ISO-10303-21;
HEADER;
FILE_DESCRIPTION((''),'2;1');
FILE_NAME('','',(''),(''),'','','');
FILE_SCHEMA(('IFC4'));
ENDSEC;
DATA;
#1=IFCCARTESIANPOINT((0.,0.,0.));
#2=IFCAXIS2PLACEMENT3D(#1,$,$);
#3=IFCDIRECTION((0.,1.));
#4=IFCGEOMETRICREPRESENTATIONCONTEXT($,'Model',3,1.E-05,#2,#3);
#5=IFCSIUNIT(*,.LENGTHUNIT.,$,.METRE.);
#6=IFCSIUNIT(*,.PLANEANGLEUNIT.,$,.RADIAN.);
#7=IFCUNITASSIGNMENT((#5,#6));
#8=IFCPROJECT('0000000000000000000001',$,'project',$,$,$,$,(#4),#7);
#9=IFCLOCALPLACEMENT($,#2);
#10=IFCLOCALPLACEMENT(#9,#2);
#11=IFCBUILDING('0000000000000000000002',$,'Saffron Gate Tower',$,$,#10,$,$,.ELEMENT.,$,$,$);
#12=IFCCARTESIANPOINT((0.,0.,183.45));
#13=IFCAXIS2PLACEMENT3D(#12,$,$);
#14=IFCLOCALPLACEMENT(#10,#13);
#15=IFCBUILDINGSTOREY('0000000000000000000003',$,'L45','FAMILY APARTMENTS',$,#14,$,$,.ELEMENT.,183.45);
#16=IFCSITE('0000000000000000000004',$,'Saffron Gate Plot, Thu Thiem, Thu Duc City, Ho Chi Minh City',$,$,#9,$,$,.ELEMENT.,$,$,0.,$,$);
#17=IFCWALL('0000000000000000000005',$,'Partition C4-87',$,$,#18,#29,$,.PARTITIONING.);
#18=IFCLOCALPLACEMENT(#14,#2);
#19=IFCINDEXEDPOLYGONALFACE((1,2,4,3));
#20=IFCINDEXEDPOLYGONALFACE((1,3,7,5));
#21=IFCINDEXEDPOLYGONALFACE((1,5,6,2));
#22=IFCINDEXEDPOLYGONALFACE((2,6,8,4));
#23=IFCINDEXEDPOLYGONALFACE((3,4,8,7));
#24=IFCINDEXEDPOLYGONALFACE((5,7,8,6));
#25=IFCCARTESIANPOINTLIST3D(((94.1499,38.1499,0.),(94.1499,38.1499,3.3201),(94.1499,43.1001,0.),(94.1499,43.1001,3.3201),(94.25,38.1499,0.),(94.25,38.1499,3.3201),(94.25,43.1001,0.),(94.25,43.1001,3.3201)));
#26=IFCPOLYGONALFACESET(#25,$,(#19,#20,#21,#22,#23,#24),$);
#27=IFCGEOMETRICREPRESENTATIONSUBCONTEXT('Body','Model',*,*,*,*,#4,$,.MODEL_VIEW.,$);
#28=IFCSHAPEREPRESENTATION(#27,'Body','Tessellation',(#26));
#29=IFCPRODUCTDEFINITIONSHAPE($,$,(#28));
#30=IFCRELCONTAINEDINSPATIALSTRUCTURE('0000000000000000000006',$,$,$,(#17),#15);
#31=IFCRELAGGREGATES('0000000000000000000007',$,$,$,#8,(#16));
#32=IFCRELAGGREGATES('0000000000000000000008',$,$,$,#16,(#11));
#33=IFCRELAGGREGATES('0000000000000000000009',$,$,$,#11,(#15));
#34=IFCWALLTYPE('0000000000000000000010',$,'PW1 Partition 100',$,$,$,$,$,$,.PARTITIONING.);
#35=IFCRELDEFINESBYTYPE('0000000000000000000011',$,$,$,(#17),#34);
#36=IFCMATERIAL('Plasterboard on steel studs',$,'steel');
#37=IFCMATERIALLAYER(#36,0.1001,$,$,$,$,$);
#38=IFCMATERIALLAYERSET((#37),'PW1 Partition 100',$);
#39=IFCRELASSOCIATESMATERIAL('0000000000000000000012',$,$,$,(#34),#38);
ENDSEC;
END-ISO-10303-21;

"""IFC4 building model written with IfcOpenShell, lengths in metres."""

from ifc_helpers import new_model, si_unit, direction, frame, frame_2d, origin, place, context, subcontext, project, spatial, rectangle, extrude, material, layer, layer_set, type_object, element, save


model = new_model("IFC4")

# Units and contexts
model_context = context("Model", 3, precision=1e-05, world=origin(), true_north=direction((0.0, 1.0)))
body_context = subcontext(model_context, "Body", "Model", "MODEL_VIEW")
ifc_project = project(units=[si_unit("LENGTHUNIT", "METRE"), si_unit("PLANEANGLEUNIT", "RADIAN")], contexts=[model_context])

# Site, building, storey
site_placement = place(None, origin())
site = spatial("IfcSite", under=ifc_project, at=site_placement, Name="Saffron Gate Plot, Thu Thiem, Thu Duc City, Ho Chi Minh City", CompositionType="ELEMENT", RefElevation=0.0)
building_placement = place(site_placement, origin())
building = spatial("IfcBuilding", under=site, at=building_placement, Name="Saffron Gate Tower", CompositionType="ELEMENT")
storey_placement = place(building_placement, frame((0.0, 0.0, 183.45)))
storey = spatial("IfcBuildingStorey", under=building, at=storey_placement, Name="L45", Description="FAMILY APARTMENTS", CompositionType="ELEMENT", Elevation=183.45)

# Shared definitions
ifc_material_1 = material(Name="Plasterboard on steel studs", Category="steel")
ifc_layer = layer(ifc_material_1, 0.1001)
ifc_layer_set = layer_set([ifc_layer], Name="PW1 Partition 100")
wall_type = type_object("IfcWallType", Name="PW1 Partition 100", PredefinedType="PARTITIONING", material=ifc_layer_set)

# Wall
wall_1_placement = place(storey_placement, frame((94.2, 43.1001, 0.0), z_axis=(0.0, 0.0, 1.0), x_axis=(0.0, -1.0, 0.0)))
element("IfcWall", 1, at=wall_1_placement, inside=storey, type_object=wall_type, Name="Partition C4-87", PredefinedType="PARTITIONING", context=body_context, shape_type="SweptSolid", body=[
    extrude(rectangle(XDim=4.9502, YDim=0.1001, at=frame_2d((2.4751, 0.0))), origin(), (0.0, 0.0, 1.0), 3.3201),
])

save(model, "model.ifc")
